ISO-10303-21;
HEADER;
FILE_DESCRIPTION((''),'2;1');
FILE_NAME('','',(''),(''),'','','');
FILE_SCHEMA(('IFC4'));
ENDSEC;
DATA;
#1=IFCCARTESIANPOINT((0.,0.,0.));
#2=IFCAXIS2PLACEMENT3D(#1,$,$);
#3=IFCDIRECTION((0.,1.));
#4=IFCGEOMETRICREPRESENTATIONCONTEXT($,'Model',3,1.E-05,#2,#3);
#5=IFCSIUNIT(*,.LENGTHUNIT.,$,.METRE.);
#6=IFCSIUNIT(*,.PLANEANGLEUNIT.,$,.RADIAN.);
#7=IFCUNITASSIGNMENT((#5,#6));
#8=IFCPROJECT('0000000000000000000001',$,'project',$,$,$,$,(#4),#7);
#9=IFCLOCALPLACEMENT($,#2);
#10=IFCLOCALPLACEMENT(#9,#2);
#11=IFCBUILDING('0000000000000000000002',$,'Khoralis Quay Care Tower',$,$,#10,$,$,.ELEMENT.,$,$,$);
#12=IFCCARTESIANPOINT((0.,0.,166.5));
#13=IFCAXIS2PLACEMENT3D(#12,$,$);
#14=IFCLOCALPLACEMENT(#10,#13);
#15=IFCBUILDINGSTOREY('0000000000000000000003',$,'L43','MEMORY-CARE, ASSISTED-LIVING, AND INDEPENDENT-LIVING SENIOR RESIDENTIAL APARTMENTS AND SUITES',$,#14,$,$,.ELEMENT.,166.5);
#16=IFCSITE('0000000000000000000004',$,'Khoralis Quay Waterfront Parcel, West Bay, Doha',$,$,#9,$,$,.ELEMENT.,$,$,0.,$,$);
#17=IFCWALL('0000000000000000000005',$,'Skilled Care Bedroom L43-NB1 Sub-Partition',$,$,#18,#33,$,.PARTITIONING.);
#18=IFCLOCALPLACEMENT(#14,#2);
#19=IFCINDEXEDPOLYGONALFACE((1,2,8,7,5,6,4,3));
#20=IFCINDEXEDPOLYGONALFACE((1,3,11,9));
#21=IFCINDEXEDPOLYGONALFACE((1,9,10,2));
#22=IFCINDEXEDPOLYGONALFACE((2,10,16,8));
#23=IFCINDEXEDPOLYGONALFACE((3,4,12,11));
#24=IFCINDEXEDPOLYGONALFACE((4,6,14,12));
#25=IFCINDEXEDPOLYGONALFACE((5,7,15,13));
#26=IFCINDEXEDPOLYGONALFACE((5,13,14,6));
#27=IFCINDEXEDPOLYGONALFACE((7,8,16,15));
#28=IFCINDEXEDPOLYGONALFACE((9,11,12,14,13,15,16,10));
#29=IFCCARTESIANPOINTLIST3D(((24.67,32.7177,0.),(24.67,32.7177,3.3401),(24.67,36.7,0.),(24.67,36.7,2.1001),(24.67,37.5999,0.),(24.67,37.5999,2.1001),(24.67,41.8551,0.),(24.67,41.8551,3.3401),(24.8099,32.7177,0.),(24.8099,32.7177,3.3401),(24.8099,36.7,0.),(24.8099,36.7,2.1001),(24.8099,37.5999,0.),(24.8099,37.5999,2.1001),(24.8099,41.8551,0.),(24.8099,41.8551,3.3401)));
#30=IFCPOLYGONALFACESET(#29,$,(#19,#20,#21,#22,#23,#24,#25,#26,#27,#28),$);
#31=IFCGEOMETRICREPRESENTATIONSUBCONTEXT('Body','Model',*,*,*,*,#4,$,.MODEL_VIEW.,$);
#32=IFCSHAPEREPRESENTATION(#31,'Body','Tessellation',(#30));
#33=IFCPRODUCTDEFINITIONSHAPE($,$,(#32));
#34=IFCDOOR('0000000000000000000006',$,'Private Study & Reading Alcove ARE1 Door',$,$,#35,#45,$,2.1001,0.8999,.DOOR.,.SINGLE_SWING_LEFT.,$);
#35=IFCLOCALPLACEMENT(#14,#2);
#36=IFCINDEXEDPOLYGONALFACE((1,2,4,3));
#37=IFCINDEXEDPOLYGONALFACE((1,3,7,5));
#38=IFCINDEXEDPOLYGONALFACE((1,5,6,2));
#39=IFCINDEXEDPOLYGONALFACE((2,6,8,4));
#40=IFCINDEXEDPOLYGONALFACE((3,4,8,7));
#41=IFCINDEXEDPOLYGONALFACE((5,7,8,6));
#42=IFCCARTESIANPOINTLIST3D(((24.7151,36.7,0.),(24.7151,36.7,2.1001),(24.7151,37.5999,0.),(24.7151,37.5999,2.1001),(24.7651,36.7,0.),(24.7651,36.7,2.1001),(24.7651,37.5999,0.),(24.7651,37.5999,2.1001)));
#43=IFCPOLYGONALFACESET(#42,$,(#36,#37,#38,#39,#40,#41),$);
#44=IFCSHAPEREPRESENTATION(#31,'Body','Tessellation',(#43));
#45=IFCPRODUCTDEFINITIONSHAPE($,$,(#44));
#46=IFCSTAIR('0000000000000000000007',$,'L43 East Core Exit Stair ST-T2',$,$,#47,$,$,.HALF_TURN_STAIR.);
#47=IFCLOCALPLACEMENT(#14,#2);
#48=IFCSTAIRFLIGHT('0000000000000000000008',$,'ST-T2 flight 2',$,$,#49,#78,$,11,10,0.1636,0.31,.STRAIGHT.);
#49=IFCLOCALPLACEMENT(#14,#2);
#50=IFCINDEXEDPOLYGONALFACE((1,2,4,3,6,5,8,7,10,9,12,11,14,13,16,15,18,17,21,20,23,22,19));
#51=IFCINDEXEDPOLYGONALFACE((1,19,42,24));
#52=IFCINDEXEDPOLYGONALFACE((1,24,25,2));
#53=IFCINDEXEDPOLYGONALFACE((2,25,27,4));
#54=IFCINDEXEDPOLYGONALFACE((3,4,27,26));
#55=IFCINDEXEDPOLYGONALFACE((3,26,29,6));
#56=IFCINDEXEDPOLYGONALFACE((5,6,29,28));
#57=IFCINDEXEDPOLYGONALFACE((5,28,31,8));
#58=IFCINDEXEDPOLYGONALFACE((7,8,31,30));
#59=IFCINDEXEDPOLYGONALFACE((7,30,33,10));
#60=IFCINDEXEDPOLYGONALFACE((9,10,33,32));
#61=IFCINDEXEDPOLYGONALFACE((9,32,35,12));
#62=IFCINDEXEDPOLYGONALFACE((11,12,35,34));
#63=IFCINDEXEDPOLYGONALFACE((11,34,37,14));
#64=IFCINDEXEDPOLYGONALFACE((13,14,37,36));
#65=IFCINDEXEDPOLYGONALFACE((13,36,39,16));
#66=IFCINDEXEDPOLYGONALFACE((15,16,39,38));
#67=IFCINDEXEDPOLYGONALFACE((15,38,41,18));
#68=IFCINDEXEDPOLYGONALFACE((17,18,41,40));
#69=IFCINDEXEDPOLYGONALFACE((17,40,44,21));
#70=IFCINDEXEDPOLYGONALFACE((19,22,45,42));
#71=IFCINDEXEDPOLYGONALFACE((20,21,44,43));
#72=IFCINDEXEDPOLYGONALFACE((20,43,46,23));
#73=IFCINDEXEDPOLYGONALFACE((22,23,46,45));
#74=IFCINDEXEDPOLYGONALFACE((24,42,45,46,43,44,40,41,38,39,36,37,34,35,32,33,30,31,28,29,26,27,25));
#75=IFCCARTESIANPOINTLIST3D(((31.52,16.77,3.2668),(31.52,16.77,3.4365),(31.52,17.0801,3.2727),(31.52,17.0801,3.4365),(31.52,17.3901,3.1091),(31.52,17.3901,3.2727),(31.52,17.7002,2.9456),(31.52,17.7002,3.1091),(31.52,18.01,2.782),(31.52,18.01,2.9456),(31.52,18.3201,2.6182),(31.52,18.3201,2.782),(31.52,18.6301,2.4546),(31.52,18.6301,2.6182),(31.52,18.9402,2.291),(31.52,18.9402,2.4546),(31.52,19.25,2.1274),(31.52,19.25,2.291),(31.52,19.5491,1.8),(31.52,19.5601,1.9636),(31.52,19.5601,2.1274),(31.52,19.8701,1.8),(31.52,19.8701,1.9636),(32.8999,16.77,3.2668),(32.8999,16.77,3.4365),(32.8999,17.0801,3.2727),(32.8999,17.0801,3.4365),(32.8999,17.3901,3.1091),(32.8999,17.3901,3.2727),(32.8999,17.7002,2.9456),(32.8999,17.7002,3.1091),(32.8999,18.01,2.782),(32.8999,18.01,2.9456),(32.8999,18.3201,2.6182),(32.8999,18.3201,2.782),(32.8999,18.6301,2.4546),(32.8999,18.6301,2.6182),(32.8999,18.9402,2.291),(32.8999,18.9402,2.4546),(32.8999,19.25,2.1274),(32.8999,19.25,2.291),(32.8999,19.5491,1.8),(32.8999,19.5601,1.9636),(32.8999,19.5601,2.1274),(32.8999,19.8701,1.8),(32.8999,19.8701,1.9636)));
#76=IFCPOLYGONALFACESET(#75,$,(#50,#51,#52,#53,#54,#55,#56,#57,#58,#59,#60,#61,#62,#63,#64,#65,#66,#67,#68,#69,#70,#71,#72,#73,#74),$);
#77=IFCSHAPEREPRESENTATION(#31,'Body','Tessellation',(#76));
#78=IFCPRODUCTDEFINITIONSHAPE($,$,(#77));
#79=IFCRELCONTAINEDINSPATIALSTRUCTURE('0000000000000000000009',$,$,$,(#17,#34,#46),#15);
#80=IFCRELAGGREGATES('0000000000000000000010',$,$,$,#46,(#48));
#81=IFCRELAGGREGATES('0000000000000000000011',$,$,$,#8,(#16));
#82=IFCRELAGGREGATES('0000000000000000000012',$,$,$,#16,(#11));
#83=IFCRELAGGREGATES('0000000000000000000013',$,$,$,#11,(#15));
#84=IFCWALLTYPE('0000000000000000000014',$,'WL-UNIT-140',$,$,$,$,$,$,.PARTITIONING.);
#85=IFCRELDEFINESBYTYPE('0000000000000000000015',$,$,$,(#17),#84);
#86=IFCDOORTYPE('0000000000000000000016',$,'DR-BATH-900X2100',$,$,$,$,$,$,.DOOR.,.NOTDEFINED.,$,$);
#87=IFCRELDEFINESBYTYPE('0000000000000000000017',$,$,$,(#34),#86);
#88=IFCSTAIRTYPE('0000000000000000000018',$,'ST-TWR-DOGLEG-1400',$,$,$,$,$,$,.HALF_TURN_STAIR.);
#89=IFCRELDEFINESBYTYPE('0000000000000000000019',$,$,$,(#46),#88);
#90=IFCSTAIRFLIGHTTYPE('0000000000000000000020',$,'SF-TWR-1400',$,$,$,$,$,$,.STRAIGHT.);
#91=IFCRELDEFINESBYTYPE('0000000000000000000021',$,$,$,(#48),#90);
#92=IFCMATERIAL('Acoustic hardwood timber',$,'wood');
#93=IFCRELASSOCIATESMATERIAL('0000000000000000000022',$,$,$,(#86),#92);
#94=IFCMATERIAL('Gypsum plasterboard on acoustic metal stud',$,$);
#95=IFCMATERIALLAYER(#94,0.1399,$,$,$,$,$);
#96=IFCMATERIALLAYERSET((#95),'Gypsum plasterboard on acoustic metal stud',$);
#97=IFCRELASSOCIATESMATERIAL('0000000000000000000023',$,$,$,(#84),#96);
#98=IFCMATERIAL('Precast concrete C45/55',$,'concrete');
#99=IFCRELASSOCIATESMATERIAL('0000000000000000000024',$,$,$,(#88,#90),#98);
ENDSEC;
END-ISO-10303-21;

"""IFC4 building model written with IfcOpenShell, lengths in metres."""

from ifc_helpers import new_model, si_unit, direction, frame, frame_2d, origin, place, context, subcontext, project, spatial, polyline, rectangle, outline, extrude, source, transform, mapped, material, layer, layer_set, type_object, element, fill, aggregate, save


model = new_model("IFC4")

# Units and contexts
model_context = context("Model", 3, precision=1e-05, world=origin(), true_north=direction((0.0, 1.0)))
body_context = subcontext(model_context, "Body", "Model", "MODEL_VIEW")
ifc_project = project(units=[si_unit("LENGTHUNIT", "METRE"), si_unit("PLANEANGLEUNIT", "RADIAN")], contexts=[model_context])

# Site, building, storey
site_placement = place(None, origin())
site = spatial("IfcSite", under=ifc_project, at=site_placement, Name="Khoralis Quay Waterfront Parcel, West Bay, Doha", CompositionType="ELEMENT", RefElevation=0.0)
building_placement = place(site_placement, origin())
building = spatial("IfcBuilding", under=site, at=building_placement, Name="Khoralis Quay Care Tower", CompositionType="ELEMENT")
storey_placement = place(building_placement, frame((0.0, 0.0, 166.5)))
storey = spatial("IfcBuildingStorey", under=building, at=storey_placement, Name="L43", Description="MEMORY-CARE, ASSISTED-LIVING, AND INDEPENDENT-LIVING SENIOR RESIDENTIAL APARTMENTS AND SUITES", CompositionType="ELEMENT", Elevation=166.5)

# Shared definitions
ifc_material_1 = material(Name="Acoustic hardwood timber", Category="wood")

# Shared definitions
ifc_material_2 = material(Name="Gypsum plasterboard on acoustic metal stud")

# Shared definitions
door_type_1 = type_object("IfcDoorType", Name="DR-BATH-900X2100", OperationType="NOTDEFINED", PredefinedType="DOOR", material=ifc_material_1)
shared_shape_1 = source(origin(), body_context, "Body", "SweptSolid", [
    extrude(rectangle(XDim=0.8999, YDim=2.1001, at=frame_2d((0.45, 1.05))), frame((0.0, 0.0249, 0.0), z_axis=(0.0, -1.0, 0.0), x_axis=(1.0, 0.0, 0.0)), (0.0, 0.0, 1.0), 0.05),
])

# Wall, opening, door
ifc_layer_1 = layer(ifc_material_2, 0.1399)
ifc_layer_set_1 = layer_set([ifc_layer_1], Name="Gypsum plasterboard on acoustic metal stud")
wall_type_1 = type_object("IfcWallType", Name="WL-UNIT-140", PredefinedType="PARTITIONING", material=ifc_layer_set_1)
wall_1_placement = place(storey_placement, frame((24.74, 32.7175, 0.0), z_axis=(0.0, 0.0, 1.0), x_axis=(0.0, 1.0, 0.0)))
wall_1 = element("IfcWall", 1, at=wall_1_placement, inside=storey, type_object=wall_type_1, Name="Skilled Care Bedroom L43-NB1 Sub-Partition", PredefinedType="PARTITIONING", context=body_context, shape_type="SweptSolid", body=[
    extrude(rectangle(XDim=9.1375, YDim=0.1399, at=frame_2d((4.5688, 0.0))), origin(), (0.0, 0.0, 1.0), 3.3401),
])
opening_1_placement = place(wall_1_placement, frame((3.9824, 0.0, 0.0)))
opening_1 = element("IfcOpeningElement", 2, at=opening_1_placement, cuts=wall_1, PredefinedType="OPENING", context=body_context, shape_type="SweptSolid", body=[
    extrude(rectangle(XDim=0.8999, YDim=2.1001, at=frame_2d((0.45, 1.05))), frame((0.0, 0.0801, 0.0), z_axis=(0.0, -1.0, 0.0), x_axis=(1.0, 0.0, 0.0)), (0.0, 0.0, 1.0), 0.1599),
])
door_1_placement = place(opening_1_placement, origin())
door_1 = element("IfcDoor", 3, at=door_1_placement, inside=storey, type_object=door_type_1, Name="Private Study & Reading Alcove ARE1 Door", OperationType="SINGLE_SWING_LEFT", OverallHeight=2.1001, OverallWidth=0.8999, PredefinedType="DOOR", context=body_context, shape_type="MappedRepresentation", body=[
    mapped(shared_shape_1, transform((0.0, 0.0, 0.0), scale=1.0)),
])
fill(opening_1, door_1)

# Stair, stair flight
ifc_material_3 = material(Name="Precast concrete C45/55", Category="concrete")
stair_type = type_object("IfcStairType", Name="ST-TWR-DOGLEG-1400", PredefinedType="HALF_TURN_STAIR", material=ifc_material_3)
stair_placement = place(storey_placement, origin())
stair = element("IfcStair", 4, at=stair_placement, inside=storey, type_object=stair_type, Name="L43 East Core Exit Stair ST-T2", PredefinedType="HALF_TURN_STAIR")
stair_flight_type = type_object("IfcStairFlightType", Name="SF-TWR-1400", PredefinedType="STRAIGHT", material=ifc_material_3)
shared_shape_2 = source(origin(), body_context, "Body", "SweptSolid", [
    extrude(outline(polyline([(0.0, 0.0), (0.0, 0.1636), (0.3101, 0.1636), (0.3101, 0.3274), (0.6201, 0.3274), (0.6201, 0.491), (0.9299, 0.491), (0.9299, 0.6545), (1.24, 0.6545), (1.24, 0.8181), (1.55, 0.8181), (1.55, 0.9819), (1.8601, 0.9819), (1.8601, 1.1455), (2.1699, 1.1455), (2.1699, 1.3091), (2.48, 1.3091), (2.48, 1.4727), (2.79, 1.4727), (2.79, 1.6365), (3.1001, 1.6365), (3.1001, 1.8), (3.1001, 1.4668), (0.321, 0.0), (0.0, 0.0)])), frame((0.0, 0.6899, 0.0), z_axis=(0.0, -1.0, 0.0), x_axis=(1.0, 0.0, 0.0)), (0.0, 0.0, 1.0), 1.3799),
])
stair_flight_placement = place(storey_placement, frame((32.21, 19.8701, 1.8), z_axis=(0.0, 0.0, 1.0), x_axis=(0.0, -1.0, 0.0)))
stair_flight = element("IfcStairFlight", 5, at=stair_flight_placement, type_object=stair_flight_type, Name="ST-T2 flight 2", NumberOfRisers=11, NumberOfTreads=10, PredefinedType="STRAIGHT", RiserHeight=0.1636, TreadLength=0.31, context=body_context, shape_type="MappedRepresentation", body=[
    mapped(shared_shape_2, transform((0.0, 0.0, 0.0), scale=1.0)),
])
aggregate(stair, [stair_flight])

save(model, "model.ifc")
